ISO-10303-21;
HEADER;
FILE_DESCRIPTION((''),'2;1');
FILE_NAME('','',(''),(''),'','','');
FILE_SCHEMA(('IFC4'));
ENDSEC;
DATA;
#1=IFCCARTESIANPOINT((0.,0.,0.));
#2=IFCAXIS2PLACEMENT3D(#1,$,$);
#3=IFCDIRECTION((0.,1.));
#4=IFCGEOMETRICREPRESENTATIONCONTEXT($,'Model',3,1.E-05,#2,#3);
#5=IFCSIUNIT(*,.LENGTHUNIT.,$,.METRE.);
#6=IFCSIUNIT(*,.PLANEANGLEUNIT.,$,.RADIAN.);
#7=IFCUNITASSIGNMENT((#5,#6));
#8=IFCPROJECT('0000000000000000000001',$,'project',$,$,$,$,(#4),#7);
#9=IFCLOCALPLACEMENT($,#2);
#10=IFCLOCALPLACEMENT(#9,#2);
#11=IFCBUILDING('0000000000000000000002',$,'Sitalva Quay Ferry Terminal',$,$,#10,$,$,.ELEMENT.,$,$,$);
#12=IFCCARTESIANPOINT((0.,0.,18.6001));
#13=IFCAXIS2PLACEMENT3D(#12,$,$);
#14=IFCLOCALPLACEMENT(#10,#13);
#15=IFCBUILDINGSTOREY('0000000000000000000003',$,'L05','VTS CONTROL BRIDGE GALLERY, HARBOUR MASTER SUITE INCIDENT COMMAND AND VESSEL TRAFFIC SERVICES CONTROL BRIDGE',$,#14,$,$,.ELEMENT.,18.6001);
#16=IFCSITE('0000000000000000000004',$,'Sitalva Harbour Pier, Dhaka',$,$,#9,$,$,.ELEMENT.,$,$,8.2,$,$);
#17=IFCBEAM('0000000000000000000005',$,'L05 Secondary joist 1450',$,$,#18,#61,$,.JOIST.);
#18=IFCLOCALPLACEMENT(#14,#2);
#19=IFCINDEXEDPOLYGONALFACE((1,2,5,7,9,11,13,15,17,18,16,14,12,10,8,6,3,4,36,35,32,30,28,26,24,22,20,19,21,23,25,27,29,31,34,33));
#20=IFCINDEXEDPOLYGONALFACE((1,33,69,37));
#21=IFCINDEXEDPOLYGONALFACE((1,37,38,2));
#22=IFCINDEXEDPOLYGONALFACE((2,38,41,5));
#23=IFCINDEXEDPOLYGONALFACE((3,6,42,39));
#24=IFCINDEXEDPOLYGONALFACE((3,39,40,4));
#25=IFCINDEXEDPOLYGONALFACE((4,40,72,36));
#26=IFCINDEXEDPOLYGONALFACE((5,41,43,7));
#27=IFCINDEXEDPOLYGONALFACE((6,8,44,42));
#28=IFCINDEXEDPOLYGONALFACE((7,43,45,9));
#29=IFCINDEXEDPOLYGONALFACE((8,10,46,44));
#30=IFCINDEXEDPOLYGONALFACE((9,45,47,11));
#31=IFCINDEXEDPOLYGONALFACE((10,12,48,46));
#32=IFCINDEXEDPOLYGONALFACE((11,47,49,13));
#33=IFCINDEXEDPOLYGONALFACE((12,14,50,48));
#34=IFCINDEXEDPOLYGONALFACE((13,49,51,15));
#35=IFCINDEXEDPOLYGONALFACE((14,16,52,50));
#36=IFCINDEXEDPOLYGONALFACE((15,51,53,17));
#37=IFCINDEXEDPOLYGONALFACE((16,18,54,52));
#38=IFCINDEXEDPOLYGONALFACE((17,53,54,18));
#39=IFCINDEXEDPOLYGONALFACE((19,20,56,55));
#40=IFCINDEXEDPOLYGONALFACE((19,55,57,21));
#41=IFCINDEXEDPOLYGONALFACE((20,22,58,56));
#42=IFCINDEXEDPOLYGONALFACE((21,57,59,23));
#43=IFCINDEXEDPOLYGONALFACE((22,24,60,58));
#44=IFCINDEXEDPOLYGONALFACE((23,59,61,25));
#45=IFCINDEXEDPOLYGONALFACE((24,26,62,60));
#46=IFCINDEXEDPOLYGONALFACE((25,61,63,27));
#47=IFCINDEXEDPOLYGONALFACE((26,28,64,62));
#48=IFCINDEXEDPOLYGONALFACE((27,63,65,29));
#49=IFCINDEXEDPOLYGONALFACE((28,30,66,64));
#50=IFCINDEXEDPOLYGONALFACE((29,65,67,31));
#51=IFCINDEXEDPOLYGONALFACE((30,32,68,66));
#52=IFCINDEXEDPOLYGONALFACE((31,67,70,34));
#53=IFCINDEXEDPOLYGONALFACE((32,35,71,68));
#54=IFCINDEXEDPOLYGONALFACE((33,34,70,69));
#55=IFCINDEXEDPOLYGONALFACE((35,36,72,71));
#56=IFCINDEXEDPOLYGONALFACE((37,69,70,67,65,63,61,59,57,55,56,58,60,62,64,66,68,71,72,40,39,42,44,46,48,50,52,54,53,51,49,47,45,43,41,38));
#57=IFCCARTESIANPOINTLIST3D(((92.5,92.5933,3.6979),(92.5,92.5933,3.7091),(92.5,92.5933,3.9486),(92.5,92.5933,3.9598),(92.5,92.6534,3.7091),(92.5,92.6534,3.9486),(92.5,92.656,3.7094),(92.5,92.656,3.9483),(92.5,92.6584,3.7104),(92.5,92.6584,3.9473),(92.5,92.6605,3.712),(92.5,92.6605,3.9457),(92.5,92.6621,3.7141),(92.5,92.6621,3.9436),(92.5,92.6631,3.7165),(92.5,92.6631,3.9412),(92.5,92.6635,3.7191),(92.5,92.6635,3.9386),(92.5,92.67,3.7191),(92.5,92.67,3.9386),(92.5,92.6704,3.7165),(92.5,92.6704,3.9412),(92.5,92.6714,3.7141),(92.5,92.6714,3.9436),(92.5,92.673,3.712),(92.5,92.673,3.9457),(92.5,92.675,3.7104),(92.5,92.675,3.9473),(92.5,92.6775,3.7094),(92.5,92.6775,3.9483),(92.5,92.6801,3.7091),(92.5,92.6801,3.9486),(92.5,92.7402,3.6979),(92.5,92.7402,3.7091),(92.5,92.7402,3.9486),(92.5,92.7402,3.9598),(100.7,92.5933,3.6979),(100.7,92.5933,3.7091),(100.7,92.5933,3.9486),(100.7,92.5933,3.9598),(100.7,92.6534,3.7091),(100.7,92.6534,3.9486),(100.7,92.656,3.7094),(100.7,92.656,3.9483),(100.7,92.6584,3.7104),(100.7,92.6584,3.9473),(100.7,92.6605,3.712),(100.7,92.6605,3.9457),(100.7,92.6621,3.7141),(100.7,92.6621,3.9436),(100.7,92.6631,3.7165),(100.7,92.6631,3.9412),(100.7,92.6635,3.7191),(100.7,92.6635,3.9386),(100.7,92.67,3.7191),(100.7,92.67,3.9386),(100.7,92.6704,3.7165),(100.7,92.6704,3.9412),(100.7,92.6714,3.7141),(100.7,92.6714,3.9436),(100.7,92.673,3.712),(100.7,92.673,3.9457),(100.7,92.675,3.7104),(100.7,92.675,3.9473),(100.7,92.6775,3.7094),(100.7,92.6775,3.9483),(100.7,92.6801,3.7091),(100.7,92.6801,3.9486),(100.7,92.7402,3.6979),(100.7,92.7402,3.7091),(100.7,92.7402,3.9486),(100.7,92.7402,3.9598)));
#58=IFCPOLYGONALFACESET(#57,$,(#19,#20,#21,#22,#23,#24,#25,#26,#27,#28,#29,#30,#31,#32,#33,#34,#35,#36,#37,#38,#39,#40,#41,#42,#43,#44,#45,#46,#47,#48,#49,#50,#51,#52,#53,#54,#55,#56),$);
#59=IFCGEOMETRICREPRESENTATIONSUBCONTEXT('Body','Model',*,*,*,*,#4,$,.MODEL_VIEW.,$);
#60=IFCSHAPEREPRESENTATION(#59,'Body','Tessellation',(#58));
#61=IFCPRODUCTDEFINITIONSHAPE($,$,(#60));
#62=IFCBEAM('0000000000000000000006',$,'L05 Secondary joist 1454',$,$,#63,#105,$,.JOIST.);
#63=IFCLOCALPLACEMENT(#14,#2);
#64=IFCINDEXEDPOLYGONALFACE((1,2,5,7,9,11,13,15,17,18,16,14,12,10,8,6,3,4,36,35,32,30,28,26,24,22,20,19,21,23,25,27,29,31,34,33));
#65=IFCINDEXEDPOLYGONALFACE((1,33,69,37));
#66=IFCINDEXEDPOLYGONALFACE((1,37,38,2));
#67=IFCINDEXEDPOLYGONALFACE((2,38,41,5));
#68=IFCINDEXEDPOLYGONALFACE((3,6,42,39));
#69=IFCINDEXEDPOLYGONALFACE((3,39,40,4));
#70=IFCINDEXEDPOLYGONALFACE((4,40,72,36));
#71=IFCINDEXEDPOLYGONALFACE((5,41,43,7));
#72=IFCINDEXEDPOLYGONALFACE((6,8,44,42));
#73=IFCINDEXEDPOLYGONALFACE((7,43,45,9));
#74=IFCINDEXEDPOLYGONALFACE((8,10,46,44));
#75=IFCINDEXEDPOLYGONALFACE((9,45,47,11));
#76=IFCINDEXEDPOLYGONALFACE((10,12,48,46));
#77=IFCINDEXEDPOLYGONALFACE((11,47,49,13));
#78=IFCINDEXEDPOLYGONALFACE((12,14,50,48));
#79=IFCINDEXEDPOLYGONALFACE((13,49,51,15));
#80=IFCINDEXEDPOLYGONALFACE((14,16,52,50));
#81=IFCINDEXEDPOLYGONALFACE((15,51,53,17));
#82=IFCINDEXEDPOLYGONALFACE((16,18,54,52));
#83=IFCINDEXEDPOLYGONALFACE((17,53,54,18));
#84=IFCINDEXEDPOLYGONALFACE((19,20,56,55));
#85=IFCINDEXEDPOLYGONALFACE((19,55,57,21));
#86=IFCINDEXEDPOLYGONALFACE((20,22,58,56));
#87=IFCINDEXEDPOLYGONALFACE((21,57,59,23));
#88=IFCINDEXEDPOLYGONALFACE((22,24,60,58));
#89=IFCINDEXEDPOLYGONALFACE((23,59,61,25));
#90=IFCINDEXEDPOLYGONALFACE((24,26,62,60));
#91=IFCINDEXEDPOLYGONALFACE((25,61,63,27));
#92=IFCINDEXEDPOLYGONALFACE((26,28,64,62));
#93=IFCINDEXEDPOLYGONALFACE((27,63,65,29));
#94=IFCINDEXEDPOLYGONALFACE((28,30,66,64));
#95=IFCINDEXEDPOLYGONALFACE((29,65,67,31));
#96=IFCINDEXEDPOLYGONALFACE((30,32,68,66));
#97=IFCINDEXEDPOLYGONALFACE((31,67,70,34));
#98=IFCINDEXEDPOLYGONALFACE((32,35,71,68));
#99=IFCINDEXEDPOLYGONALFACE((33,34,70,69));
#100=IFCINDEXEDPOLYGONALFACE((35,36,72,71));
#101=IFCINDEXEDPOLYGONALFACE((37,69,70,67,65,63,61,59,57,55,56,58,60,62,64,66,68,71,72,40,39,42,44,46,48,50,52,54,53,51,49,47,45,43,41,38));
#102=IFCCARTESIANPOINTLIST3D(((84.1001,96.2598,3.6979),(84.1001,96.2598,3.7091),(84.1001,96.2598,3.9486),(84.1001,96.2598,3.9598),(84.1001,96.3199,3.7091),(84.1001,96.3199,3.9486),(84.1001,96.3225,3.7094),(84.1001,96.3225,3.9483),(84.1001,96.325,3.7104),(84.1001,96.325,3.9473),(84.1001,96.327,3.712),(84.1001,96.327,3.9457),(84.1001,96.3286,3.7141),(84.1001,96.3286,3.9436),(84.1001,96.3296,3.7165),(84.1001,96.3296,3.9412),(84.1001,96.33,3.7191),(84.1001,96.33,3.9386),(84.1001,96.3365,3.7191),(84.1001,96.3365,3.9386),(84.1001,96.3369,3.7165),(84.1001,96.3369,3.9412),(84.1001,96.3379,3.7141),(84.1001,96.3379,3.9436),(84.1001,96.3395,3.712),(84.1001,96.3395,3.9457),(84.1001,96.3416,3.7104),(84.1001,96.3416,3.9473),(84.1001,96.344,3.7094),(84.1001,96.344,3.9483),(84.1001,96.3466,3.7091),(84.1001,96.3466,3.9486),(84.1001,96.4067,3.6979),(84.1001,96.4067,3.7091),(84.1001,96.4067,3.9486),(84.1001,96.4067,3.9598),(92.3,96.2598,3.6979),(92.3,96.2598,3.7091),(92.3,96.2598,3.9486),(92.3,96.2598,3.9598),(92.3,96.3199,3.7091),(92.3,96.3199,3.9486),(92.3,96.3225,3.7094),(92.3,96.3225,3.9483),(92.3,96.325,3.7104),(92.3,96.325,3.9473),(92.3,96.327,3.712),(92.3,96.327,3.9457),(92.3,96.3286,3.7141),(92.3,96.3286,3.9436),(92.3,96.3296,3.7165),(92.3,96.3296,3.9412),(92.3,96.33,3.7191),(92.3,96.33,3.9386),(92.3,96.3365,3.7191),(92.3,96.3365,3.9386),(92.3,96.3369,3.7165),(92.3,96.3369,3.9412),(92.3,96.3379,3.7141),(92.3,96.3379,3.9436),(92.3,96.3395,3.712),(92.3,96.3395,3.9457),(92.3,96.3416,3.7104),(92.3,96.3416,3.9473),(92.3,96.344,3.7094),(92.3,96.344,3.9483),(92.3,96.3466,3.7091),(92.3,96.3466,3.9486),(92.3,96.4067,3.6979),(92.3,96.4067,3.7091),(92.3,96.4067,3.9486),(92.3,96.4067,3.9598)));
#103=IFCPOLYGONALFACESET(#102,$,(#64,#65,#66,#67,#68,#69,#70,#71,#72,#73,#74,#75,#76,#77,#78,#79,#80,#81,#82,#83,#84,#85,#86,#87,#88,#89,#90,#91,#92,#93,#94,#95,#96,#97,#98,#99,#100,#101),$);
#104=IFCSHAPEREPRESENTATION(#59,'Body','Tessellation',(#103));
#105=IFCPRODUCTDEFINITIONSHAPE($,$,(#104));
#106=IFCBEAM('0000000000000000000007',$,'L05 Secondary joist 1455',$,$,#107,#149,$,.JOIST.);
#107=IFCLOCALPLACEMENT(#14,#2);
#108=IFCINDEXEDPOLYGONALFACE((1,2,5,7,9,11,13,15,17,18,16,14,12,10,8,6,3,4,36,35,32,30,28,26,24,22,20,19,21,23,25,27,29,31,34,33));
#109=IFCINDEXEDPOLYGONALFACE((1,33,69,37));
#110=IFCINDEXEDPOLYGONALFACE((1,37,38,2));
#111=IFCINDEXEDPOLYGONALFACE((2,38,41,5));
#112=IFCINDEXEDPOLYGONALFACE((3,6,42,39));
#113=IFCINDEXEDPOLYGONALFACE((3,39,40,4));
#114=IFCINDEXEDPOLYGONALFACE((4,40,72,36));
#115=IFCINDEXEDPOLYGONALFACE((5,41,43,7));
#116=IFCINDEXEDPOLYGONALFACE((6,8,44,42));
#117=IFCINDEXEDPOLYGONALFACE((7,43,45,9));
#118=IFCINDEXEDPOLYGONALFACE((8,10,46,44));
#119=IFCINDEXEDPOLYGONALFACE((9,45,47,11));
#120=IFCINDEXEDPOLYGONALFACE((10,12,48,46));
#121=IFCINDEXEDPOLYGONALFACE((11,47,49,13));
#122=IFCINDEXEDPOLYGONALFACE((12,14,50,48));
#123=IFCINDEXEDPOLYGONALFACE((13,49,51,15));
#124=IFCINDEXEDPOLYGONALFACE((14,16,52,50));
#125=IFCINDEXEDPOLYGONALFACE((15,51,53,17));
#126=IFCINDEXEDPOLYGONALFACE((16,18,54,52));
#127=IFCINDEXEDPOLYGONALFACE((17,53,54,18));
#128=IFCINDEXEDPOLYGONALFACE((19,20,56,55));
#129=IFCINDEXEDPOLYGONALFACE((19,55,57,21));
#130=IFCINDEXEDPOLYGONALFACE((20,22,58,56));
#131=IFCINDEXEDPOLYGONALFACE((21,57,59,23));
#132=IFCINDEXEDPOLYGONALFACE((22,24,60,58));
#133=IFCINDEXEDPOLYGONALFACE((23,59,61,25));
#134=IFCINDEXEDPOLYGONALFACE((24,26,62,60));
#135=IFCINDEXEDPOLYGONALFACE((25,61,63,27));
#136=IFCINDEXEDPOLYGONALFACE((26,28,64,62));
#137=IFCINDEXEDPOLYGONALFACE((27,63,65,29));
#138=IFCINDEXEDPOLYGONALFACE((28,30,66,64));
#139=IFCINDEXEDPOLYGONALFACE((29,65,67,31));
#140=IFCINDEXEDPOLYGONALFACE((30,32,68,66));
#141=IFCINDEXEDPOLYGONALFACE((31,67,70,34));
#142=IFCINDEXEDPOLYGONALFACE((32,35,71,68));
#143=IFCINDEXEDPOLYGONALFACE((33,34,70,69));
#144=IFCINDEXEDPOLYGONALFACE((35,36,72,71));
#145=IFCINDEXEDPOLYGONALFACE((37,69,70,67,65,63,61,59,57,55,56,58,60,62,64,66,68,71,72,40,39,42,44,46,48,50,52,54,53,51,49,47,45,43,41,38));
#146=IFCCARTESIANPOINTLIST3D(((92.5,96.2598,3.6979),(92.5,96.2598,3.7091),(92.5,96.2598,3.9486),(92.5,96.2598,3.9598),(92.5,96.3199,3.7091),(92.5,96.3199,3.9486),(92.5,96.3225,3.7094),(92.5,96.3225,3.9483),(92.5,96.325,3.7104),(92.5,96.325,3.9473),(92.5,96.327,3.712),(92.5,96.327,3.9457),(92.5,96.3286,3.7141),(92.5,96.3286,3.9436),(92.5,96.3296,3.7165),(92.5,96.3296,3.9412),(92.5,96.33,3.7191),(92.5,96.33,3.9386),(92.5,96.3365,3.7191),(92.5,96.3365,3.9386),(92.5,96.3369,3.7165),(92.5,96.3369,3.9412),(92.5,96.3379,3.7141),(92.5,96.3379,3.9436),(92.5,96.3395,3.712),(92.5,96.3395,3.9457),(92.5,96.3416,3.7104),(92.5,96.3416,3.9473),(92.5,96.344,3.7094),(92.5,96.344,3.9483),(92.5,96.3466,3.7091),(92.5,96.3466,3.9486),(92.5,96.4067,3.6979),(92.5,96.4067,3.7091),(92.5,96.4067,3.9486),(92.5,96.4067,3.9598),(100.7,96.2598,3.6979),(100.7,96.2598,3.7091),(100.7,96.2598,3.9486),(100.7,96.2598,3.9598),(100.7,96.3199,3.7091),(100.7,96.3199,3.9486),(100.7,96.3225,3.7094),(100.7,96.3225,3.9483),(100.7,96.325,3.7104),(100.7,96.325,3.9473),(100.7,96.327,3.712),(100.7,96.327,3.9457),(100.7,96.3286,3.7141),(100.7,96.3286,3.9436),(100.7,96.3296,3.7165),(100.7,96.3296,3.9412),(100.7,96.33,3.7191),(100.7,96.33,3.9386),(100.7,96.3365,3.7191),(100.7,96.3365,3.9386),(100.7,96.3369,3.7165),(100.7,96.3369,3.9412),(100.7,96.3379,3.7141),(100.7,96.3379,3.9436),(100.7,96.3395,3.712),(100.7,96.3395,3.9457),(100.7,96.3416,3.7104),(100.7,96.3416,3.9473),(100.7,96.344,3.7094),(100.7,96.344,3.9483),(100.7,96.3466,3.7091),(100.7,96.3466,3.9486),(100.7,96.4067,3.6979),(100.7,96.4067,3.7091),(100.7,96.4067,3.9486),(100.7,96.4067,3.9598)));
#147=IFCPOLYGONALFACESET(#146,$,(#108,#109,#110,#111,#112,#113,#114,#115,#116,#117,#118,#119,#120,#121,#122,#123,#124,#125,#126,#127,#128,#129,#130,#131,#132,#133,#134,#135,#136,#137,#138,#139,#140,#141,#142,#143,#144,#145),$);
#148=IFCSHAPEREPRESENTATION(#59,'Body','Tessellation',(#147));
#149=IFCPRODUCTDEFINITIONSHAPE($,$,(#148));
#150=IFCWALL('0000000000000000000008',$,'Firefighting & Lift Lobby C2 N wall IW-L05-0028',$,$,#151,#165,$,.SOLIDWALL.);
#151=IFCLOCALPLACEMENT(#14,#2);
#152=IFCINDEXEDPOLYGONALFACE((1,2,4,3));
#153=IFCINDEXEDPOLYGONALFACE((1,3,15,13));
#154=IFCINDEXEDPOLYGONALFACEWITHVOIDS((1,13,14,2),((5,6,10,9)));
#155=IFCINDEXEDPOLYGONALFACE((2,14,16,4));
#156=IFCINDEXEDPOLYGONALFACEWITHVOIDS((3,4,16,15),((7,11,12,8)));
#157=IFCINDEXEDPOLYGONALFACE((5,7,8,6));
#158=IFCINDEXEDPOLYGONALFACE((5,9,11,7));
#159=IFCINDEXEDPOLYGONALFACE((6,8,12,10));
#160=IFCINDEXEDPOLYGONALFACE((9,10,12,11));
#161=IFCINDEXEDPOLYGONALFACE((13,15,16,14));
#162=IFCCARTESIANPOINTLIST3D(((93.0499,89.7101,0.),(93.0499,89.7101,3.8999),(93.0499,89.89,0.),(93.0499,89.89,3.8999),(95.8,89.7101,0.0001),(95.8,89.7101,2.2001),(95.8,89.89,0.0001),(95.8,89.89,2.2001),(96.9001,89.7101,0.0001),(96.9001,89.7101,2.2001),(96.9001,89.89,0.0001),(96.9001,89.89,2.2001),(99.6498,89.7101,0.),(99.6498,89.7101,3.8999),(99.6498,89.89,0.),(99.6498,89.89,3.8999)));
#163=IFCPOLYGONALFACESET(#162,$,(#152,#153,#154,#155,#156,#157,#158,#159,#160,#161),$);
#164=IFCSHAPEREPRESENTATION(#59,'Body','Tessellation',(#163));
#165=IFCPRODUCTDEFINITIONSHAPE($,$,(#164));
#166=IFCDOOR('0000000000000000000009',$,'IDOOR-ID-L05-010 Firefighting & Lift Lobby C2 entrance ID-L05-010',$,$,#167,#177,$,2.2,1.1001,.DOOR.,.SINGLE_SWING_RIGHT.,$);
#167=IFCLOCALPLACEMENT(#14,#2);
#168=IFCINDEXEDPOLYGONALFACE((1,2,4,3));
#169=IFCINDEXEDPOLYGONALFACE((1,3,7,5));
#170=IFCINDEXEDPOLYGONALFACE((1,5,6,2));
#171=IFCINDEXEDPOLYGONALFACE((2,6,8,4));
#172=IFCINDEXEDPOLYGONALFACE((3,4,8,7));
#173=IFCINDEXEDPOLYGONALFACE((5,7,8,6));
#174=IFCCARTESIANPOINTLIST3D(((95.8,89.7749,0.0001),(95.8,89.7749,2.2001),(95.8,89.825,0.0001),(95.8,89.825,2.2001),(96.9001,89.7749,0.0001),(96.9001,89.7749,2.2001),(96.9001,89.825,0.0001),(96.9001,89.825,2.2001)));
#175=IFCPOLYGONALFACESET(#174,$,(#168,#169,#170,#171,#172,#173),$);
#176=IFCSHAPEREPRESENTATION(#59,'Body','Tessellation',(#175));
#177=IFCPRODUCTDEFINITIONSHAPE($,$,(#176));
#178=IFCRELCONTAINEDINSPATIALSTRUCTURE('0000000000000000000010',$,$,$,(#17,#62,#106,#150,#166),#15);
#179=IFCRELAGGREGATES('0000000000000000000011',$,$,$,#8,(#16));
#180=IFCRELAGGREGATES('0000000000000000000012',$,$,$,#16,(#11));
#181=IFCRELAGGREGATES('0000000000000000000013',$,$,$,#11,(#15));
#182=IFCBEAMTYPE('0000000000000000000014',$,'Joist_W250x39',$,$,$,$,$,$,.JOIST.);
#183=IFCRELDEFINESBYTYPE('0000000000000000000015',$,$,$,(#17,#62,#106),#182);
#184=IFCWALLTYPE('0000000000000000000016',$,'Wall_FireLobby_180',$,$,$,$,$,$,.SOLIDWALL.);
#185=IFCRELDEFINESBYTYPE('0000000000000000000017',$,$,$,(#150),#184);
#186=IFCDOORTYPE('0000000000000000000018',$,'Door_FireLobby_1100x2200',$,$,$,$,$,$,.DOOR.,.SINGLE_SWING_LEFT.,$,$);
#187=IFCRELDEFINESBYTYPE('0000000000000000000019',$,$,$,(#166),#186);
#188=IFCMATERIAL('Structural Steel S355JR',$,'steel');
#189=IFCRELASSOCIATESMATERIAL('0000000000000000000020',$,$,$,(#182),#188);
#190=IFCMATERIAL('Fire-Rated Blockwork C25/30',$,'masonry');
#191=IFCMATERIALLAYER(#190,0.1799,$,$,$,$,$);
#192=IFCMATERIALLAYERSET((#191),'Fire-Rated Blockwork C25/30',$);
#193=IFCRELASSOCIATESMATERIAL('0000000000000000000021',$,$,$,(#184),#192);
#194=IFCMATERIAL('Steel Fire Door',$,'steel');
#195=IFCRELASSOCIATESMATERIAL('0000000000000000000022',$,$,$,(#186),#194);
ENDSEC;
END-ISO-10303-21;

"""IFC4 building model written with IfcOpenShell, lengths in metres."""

from ifc_helpers import new_model, si_unit, direction, frame, frame_2d, origin, origin_2d, place, context, subcontext, project, spatial, rectangle, i_section, extrude, material, layer, layer_set, material_profile, profile_set, type_object, element, fill, save


model = new_model("IFC4")

# Units and contexts
model_context = context("Model", 3, precision=1e-05, world=origin(), true_north=direction((0.0, 1.0)))
body_context = subcontext(model_context, "Body", "Model", "MODEL_VIEW")
ifc_project = project(units=[si_unit("LENGTHUNIT", "METRE"), si_unit("PLANEANGLEUNIT", "RADIAN")], contexts=[model_context])

# Site, building, storey
site_placement = place(None, origin())
site = spatial("IfcSite", under=ifc_project, at=site_placement, Name="Sitalva Harbour Pier, Dhaka", CompositionType="ELEMENT", RefElevation=8.2)
building_placement = place(site_placement, origin())
building = spatial("IfcBuilding", under=site, at=building_placement, Name="Sitalva Quay Ferry Terminal", CompositionType="ELEMENT")
storey_placement = place(building_placement, frame((0.0, 0.0, 18.6001)))
storey = spatial("IfcBuildingStorey", under=building, at=storey_placement, Name="L05", Description="VTS CONTROL BRIDGE GALLERY, HARBOUR MASTER SUITE INCIDENT COMMAND AND VESSEL TRAFFIC SERVICES CONTROL BRIDGE", CompositionType="ELEMENT", Elevation=18.6001)

# Beams
ifc_material_1 = material(Name="Structural Steel S355JR", Category="steel")
ifc_material_profile_1 = material_profile(ifc_material_1, i_section(OverallWidth=0.147, OverallDepth=0.262, WebThickness=0.0066, FlangeThickness=0.0112, FilletRadius=0.01, at=origin_2d()), Name="W250x39")
ifc_profile_set_1 = profile_set([ifc_material_profile_1], Name="Structural Steel S355JR")
beam_type_1 = type_object("IfcBeamType", Name="Joist_W250x39", PredefinedType="JOIST", material=ifc_profile_set_1)
for number, where, z_axis, x_axis, name in (
    (1, (92.5, 92.6667, 3.8289), (1.0, 0.0, 0.0), (0.0, 1.0, 0.0), "L05 Secondary joist 1450"),
    (2, (84.1001, 96.3333, 3.8289), (1.0, 0.0, 0.0), (0.0, 1.0, 0.0), "L05 Secondary joist 1454"),
    (3, (92.5, 96.3333, 3.8289), (1.0, 0.0, 0.0), (0.0, 1.0, 0.0), "L05 Secondary joist 1455"),
):
    element("IfcBeam", number, at=place(storey_placement, frame(where, z_axis=z_axis, x_axis=x_axis)), inside=storey, type_object=beam_type_1, Name=name, PredefinedType="JOIST", context=body_context, shape_type="SweptSolid", body=[
        extrude(i_section(OverallWidth=0.147, OverallDepth=0.262, WebThickness=0.0066, FlangeThickness=0.0112, FilletRadius=0.01, at=origin_2d()), origin(), (0.0, 0.0, 1.0), 8.2),
    ])

# Wall, opening, door
ifc_material_2 = material(Name="Fire-Rated Blockwork C25/30", Category="masonry")
ifc_layer_1 = layer(ifc_material_2, 0.1799)
ifc_layer_set_1 = layer_set([ifc_layer_1], Name="Fire-Rated Blockwork C25/30")
wall_type_1 = type_object("IfcWallType", Name="Wall_FireLobby_180", PredefinedType="SOLIDWALL", material=ifc_layer_set_1)
wall_1_placement = place(storey_placement, frame((93.05, 89.8, 0.0), z_axis=(0.0, 0.0, 1.0), x_axis=(1.0, 0.0, 0.0)))
wall_1 = element("IfcWall", 4, at=wall_1_placement, inside=storey, type_object=wall_type_1, Name="Firefighting & Lift Lobby C2 N wall IW-L05-0028", PredefinedType="SOLIDWALL", context=body_context, shape_type="SweptSolid", body=[
    extrude(rectangle(XDim=6.5999, YDim=0.1799, at=frame_2d((3.2998, 0.0))), origin(), (0.0, 0.0, 1.0), 3.8999),
])
opening_1_placement = place(wall_1_placement, frame((2.75, 0.0, 0.0)))
opening_1 = element("IfcOpeningElement", 5, at=opening_1_placement, cuts=wall_1, PredefinedType="OPENING", context=body_context, shape_type="SweptSolid", body=[
    extrude(rectangle(XDim=1.1001, YDim=2.2, at=frame_2d((0.55, 1.1001))), frame((0.0, 0.0999, 0.0), z_axis=(0.0, -1.0, 0.0), x_axis=(1.0, 0.0, 0.0)), (0.0, 0.0, 1.0), 0.2),
])
ifc_material_3 = material(Name="Steel Fire Door", Category="steel")
door_type_1 = type_object("IfcDoorType", Name="Door_FireLobby_1100x2200", OperationType="SINGLE_SWING_LEFT", PredefinedType="DOOR", material=ifc_material_3)
door_1_placement = place(opening_1_placement, origin())
door_1 = element("IfcDoor", 6, at=door_1_placement, inside=storey, type_object=door_type_1, Name="IDOOR-ID-L05-010 Firefighting & Lift Lobby C2 entrance ID-L05-010", OperationType="SINGLE_SWING_RIGHT", OverallHeight=2.2, OverallWidth=1.1001, PredefinedType="DOOR", context=body_context, shape_type="SweptSolid", body=[
    extrude(rectangle(XDim=1.1001, YDim=2.2, at=frame_2d((0.55, 1.1001))), frame((0.0, 0.0249, 0.0), z_axis=(0.0, -1.0, 0.0), x_axis=(1.0, 0.0, 0.0)), (0.0, 0.0, 1.0), 0.05),
])
fill(opening_1, door_1)

save(model, "model.ifc")
